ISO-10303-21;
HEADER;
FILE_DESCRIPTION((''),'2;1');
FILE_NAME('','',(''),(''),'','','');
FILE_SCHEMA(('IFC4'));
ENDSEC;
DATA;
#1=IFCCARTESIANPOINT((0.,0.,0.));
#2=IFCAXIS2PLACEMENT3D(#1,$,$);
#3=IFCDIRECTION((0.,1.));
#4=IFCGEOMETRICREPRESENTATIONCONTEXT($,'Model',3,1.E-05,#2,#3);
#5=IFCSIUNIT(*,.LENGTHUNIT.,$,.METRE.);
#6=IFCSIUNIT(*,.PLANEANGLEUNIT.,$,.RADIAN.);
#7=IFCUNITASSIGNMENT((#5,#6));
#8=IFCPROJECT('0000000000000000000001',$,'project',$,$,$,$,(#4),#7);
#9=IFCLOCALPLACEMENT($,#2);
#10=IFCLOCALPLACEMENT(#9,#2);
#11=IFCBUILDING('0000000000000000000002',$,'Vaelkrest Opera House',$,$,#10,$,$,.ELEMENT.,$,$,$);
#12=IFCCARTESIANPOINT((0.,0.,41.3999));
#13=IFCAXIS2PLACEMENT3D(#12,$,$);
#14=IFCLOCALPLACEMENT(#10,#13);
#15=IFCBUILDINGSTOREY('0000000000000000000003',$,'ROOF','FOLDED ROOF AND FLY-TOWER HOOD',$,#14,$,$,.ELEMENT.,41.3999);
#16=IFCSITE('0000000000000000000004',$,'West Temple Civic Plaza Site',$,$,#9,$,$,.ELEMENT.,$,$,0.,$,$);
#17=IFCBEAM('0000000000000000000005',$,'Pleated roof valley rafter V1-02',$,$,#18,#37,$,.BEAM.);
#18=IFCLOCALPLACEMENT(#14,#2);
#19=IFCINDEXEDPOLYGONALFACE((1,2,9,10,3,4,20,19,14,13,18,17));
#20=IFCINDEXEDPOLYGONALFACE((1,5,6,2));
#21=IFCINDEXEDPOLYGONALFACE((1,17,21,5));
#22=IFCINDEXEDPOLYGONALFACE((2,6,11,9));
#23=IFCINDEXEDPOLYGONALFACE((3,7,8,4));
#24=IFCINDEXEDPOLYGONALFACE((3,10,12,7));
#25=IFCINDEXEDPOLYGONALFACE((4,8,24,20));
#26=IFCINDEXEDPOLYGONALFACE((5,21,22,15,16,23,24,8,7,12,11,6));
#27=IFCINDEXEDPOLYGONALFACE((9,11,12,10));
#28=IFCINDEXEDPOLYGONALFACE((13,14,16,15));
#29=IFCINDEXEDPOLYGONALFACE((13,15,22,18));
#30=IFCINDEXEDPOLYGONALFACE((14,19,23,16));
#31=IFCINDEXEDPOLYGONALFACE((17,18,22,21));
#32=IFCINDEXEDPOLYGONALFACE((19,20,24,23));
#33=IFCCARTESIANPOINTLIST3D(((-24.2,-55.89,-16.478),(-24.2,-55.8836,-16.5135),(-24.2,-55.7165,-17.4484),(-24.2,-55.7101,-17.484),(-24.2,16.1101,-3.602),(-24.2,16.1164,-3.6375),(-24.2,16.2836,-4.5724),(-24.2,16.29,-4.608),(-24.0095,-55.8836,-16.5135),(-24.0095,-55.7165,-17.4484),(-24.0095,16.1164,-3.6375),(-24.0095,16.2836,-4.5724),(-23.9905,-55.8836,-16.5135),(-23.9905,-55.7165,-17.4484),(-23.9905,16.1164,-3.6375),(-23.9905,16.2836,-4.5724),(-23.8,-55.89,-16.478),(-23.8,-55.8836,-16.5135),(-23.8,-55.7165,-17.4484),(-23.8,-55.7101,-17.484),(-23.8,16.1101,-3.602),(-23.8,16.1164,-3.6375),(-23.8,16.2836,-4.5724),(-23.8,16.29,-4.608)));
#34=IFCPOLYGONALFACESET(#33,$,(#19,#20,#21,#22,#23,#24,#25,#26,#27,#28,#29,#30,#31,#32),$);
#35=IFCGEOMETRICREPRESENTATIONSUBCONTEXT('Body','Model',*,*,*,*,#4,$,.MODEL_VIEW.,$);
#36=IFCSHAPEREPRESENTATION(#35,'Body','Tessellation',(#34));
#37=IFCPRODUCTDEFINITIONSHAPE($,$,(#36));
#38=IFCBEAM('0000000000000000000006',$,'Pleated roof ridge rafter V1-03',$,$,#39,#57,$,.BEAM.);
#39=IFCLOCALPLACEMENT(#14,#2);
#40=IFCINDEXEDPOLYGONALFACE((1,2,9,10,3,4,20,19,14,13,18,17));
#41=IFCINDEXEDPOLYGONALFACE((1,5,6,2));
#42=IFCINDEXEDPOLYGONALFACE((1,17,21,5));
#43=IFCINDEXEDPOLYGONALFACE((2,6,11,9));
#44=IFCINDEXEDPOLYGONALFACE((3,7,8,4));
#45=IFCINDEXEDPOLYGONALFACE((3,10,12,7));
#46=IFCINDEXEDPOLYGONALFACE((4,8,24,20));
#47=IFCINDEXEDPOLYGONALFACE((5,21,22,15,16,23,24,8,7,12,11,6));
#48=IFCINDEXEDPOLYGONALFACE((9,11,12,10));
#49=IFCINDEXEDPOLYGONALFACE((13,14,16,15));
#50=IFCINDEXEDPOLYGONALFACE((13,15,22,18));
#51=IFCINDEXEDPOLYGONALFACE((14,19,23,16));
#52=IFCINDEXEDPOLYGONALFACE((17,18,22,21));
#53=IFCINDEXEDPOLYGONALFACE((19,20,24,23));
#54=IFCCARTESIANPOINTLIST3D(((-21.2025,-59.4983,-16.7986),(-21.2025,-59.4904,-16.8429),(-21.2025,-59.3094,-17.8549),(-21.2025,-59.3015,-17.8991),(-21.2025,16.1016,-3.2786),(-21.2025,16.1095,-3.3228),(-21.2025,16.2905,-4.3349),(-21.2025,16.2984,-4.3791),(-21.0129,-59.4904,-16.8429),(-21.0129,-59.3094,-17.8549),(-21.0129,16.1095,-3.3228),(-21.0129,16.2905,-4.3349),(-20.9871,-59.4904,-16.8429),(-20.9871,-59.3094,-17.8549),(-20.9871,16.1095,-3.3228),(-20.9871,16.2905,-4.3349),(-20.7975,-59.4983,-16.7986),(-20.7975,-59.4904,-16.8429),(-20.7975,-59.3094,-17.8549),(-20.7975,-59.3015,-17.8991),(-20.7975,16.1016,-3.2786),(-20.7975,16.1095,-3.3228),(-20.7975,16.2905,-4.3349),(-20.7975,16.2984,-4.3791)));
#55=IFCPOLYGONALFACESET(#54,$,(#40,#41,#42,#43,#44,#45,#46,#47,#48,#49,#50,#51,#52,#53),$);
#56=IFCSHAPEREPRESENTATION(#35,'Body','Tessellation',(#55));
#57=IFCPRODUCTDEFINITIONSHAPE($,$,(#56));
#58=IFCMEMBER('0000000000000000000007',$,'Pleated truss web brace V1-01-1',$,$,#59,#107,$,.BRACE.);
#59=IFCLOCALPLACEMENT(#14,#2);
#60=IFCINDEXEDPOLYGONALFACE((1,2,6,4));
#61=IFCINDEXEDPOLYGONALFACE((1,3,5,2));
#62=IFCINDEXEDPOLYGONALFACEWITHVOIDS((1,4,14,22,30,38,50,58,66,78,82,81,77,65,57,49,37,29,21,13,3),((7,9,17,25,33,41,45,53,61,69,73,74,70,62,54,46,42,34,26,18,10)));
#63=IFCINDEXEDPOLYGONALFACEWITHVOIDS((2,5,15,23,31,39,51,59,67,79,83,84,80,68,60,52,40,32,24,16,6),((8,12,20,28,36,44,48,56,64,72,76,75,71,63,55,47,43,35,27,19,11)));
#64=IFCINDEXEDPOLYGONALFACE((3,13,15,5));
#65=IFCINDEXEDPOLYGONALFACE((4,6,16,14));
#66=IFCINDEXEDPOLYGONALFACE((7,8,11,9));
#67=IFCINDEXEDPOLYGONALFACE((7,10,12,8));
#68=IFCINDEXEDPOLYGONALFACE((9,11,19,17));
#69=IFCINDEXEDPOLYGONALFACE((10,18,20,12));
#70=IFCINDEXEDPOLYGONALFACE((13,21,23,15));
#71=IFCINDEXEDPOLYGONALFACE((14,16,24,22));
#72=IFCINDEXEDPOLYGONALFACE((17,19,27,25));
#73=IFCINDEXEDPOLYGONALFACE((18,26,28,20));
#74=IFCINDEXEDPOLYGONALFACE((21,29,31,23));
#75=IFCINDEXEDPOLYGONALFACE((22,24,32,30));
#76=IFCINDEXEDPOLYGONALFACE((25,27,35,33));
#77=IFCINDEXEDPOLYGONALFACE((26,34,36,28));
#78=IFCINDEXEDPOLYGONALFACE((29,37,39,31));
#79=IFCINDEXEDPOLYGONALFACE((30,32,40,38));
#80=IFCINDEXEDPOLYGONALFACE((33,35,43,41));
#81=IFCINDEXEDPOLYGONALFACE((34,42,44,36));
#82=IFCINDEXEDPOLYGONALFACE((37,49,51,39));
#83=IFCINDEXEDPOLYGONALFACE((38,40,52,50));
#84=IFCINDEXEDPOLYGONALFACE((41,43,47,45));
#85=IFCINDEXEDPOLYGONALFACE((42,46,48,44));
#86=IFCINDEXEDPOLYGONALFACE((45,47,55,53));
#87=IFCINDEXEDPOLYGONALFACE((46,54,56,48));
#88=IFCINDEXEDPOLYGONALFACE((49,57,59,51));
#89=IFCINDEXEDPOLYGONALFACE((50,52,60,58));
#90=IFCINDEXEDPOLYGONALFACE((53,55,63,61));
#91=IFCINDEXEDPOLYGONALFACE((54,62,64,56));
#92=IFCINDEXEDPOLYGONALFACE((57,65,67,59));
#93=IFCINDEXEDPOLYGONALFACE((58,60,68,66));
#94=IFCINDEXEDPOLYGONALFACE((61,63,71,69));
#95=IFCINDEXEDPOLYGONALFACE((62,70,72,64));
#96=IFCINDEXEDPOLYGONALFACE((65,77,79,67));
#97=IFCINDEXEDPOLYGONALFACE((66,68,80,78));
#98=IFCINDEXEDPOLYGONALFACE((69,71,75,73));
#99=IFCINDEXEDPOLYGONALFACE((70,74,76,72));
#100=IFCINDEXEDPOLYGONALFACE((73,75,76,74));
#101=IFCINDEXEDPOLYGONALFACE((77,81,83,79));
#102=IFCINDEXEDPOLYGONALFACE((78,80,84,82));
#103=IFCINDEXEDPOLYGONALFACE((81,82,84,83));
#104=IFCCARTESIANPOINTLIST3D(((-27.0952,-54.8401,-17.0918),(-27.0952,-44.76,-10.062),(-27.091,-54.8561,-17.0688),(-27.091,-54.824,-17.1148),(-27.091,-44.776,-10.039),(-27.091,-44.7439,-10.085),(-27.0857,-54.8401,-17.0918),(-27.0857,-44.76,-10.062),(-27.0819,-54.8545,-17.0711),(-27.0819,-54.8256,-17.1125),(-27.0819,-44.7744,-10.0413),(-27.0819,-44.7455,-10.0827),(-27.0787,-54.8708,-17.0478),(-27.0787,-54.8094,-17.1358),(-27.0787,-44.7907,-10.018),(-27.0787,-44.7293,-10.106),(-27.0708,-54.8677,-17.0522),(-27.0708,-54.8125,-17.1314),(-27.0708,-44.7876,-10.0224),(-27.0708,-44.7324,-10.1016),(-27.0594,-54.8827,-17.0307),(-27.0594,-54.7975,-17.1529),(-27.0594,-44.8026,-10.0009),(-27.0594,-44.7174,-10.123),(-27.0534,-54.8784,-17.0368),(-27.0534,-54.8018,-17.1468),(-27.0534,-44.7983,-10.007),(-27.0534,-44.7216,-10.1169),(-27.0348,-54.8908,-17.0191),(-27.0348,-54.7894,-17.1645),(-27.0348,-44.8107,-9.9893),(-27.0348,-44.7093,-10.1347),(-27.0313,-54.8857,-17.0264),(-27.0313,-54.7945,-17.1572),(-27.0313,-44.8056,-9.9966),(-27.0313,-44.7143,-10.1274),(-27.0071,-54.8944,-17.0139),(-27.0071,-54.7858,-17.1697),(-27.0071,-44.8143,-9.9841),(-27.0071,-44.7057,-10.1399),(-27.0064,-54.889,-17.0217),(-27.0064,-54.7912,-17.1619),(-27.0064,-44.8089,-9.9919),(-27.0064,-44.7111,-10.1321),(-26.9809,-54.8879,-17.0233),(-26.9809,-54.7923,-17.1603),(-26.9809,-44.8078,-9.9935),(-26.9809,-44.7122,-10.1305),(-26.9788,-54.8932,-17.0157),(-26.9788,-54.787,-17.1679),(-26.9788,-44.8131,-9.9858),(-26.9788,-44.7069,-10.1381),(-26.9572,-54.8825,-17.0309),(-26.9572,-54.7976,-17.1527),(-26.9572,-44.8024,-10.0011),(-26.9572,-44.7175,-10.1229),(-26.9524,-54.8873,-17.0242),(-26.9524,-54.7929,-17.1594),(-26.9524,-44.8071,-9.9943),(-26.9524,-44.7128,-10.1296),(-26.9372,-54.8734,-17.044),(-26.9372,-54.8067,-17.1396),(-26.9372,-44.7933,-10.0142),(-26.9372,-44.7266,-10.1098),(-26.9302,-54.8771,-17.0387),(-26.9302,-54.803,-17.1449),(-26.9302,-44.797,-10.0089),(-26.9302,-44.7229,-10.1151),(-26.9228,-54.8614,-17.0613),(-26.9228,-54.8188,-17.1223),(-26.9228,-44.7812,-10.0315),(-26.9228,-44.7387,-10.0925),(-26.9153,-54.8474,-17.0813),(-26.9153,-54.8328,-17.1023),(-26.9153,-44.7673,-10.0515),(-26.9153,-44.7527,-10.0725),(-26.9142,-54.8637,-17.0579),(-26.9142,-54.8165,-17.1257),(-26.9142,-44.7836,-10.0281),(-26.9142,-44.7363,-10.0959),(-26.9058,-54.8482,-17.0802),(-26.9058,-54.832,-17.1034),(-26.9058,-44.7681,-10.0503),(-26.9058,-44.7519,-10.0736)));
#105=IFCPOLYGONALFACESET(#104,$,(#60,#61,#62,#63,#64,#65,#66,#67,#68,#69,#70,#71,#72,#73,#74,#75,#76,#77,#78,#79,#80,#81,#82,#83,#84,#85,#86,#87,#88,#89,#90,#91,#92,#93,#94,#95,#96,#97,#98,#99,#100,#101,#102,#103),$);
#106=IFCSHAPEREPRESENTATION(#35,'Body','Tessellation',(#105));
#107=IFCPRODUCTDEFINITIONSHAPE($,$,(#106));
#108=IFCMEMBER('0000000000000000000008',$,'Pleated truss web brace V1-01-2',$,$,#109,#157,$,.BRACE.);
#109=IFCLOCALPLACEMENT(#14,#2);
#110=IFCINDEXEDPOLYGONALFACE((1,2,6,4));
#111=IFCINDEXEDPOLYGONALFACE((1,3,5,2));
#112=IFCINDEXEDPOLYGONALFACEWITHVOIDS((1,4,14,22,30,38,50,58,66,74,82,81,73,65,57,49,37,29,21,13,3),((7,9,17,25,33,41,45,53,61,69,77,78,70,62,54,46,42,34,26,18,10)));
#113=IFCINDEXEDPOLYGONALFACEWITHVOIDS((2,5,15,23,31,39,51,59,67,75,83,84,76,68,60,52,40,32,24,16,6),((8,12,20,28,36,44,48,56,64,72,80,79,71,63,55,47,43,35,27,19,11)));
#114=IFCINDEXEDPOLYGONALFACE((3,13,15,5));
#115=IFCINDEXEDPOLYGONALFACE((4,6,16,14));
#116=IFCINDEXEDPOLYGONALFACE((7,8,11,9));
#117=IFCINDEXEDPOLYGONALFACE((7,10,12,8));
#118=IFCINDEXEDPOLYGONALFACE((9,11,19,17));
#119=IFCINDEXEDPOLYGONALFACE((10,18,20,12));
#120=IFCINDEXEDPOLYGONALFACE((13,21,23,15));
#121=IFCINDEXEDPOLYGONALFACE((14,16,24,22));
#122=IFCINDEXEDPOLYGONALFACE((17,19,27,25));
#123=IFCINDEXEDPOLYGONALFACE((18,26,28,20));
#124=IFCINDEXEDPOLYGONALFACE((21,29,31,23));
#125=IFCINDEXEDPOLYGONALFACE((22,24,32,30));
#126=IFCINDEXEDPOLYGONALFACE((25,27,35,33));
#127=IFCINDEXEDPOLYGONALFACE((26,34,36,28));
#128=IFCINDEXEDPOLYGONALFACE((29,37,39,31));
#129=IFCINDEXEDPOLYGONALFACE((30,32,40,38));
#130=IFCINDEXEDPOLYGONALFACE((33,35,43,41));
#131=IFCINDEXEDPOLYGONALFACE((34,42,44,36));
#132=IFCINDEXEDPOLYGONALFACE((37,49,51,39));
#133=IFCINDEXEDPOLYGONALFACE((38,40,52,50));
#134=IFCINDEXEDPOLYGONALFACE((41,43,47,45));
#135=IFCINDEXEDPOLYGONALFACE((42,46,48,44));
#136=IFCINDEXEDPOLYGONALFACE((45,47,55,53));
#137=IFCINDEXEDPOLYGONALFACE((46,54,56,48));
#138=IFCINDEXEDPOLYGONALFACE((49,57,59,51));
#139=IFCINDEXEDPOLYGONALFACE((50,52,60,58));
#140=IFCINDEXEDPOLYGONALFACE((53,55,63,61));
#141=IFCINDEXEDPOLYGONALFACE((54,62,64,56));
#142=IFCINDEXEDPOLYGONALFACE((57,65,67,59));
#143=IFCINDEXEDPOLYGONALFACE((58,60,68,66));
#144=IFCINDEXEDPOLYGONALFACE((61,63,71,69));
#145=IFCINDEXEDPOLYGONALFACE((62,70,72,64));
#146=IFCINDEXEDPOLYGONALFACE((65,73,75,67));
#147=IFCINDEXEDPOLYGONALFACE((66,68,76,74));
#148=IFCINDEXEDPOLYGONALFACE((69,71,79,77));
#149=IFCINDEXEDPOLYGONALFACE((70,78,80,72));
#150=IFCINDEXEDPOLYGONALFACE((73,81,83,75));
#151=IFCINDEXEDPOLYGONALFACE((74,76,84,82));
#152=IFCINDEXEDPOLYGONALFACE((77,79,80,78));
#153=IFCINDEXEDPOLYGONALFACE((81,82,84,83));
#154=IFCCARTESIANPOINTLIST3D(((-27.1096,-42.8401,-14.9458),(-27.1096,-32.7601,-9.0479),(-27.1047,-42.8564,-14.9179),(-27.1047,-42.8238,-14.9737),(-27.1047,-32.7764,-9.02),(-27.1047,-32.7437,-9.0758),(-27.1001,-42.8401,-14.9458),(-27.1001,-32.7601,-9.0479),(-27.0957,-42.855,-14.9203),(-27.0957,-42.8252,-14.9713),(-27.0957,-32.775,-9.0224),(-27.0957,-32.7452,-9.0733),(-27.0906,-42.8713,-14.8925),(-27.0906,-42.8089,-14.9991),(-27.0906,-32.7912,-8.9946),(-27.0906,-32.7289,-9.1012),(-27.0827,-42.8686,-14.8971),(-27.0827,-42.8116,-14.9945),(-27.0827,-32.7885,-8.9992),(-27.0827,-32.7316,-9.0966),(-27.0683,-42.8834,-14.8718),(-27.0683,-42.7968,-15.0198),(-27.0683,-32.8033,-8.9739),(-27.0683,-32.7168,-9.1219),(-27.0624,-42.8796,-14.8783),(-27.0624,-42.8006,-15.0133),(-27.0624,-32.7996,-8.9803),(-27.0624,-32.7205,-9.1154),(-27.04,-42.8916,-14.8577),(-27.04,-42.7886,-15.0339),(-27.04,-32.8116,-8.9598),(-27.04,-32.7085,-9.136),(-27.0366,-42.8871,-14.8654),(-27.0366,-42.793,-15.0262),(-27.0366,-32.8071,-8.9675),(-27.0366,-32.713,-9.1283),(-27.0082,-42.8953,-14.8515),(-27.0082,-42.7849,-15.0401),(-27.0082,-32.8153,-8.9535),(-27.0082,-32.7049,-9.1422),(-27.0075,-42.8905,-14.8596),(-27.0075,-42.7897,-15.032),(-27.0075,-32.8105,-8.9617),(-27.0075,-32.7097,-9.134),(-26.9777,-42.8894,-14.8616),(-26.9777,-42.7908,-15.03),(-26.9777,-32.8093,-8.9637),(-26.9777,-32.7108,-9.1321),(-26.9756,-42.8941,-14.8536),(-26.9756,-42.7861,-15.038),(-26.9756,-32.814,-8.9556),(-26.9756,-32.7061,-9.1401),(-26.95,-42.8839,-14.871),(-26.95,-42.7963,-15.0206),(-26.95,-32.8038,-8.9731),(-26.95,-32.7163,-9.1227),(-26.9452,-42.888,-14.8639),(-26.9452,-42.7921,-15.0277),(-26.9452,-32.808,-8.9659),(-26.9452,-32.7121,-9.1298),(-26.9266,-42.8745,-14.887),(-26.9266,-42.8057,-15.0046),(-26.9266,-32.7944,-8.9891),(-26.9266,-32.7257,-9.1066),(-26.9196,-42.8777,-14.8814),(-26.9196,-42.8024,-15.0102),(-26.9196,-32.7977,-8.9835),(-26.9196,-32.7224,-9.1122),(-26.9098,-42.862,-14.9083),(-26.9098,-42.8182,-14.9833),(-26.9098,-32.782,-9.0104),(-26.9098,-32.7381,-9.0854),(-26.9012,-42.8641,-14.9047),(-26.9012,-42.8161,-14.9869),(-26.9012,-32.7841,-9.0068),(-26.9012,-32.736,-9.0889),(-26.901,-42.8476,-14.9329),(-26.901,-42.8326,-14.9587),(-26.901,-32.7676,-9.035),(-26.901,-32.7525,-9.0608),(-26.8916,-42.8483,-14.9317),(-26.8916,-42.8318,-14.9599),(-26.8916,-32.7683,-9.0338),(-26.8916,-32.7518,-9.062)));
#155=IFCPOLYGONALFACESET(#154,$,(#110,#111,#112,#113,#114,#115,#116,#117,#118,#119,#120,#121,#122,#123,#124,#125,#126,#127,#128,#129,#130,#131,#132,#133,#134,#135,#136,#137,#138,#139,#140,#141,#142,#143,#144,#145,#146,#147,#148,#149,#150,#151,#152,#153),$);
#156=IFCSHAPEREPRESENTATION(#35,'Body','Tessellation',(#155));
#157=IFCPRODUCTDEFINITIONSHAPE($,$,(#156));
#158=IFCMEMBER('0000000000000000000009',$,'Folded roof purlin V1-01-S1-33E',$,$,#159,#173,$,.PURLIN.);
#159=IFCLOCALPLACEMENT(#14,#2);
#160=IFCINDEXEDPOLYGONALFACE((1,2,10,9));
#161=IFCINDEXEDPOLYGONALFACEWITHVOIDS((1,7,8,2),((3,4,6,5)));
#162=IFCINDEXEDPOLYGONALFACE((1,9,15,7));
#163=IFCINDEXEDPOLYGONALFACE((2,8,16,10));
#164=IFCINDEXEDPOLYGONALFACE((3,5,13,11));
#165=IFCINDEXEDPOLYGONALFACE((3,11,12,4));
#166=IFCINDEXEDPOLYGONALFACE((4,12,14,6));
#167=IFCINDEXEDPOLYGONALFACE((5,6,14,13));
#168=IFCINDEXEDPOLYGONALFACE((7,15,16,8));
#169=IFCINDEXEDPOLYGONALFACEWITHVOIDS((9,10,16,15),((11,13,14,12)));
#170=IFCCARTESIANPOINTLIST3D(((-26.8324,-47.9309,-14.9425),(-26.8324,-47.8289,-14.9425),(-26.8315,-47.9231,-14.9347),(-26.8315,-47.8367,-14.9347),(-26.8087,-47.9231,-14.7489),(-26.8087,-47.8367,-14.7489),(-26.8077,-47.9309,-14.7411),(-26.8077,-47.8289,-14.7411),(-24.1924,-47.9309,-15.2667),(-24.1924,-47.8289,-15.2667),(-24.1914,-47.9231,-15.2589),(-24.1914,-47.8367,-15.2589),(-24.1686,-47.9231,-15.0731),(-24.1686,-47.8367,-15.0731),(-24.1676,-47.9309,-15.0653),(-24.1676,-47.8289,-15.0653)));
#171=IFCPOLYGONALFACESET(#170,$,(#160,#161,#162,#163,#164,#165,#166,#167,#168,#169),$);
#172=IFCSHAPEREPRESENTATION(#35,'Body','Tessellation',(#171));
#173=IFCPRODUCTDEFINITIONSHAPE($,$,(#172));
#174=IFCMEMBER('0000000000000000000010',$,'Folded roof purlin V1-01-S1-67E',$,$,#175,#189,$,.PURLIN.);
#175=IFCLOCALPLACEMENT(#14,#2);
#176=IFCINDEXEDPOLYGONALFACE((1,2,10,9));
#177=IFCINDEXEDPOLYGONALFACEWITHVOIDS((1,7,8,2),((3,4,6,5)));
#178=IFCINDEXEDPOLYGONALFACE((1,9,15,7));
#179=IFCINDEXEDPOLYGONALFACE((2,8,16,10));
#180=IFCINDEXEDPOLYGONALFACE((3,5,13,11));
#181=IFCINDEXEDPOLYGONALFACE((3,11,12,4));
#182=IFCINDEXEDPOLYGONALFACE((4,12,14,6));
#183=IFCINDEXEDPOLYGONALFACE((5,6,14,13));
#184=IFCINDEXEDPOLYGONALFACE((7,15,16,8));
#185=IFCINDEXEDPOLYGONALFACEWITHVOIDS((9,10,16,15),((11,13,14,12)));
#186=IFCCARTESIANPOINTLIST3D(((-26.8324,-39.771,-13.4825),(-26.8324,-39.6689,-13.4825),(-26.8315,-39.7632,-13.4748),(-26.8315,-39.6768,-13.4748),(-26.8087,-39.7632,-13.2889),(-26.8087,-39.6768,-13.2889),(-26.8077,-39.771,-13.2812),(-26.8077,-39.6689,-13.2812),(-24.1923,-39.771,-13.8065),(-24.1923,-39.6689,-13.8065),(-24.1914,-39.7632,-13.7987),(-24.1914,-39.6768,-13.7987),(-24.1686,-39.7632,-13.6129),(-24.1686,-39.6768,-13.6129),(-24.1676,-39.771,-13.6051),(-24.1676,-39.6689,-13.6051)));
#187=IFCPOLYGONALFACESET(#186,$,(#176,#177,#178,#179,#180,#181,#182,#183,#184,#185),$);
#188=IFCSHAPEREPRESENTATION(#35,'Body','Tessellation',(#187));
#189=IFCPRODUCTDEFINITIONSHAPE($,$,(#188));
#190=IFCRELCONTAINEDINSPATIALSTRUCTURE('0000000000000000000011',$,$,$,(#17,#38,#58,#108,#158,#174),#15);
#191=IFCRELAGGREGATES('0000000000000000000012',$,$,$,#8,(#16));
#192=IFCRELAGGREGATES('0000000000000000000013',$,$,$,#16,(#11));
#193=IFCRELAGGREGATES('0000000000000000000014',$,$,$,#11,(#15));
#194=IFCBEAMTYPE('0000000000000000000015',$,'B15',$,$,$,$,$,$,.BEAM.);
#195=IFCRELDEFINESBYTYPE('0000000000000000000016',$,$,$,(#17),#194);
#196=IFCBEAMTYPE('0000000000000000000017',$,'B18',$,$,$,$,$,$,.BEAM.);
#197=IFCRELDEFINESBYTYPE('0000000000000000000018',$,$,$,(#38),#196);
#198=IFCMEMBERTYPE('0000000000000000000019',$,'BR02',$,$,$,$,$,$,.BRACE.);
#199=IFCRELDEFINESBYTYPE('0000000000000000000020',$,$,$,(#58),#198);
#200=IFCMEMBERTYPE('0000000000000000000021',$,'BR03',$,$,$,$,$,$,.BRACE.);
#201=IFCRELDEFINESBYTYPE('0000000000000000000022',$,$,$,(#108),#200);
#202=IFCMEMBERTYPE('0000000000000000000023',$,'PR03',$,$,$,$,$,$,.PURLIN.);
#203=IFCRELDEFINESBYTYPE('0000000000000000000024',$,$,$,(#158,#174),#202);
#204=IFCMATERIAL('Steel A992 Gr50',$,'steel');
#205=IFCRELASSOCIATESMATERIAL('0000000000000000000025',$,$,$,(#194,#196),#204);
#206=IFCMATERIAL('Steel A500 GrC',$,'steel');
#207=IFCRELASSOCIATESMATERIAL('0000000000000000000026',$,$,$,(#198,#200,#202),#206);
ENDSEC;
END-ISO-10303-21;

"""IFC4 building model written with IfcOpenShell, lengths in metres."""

from ifc_helpers import new_model, si_unit, direction, frame, origin, origin_2d, place, context, subcontext, project, spatial, hollow_rectangle, hollow_circle, i_section, extrude, material, material_profile, profile_set, type_object, element, save


model = new_model("IFC4")

# Units and contexts
model_context = context("Model", 3, precision=1e-05, world=origin(), true_north=direction((0.0, 1.0)))
body_context = subcontext(model_context, "Body", "Model", "MODEL_VIEW")
ifc_project = project(units=[si_unit("LENGTHUNIT", "METRE"), si_unit("PLANEANGLEUNIT", "RADIAN")], contexts=[model_context])

# Site, building, storey
site_placement = place(None, origin())
site = spatial("IfcSite", under=ifc_project, at=site_placement, Name="West Temple Civic Plaza Site", CompositionType="ELEMENT", RefElevation=0.0)
building_placement = place(site_placement, origin())
building = spatial("IfcBuilding", under=site, at=building_placement, Name="Vaelkrest Opera House", CompositionType="ELEMENT")
storey_placement = place(building_placement, frame((0.0, 0.0, 41.3999)))
storey = spatial("IfcBuildingStorey", under=building, at=storey_placement, Name="ROOF", Description="FOLDED ROOF AND FLY-TOWER HOOD", CompositionType="ELEMENT", Elevation=41.3999)

# Beams
ifc_material_1 = material(Name="Steel A992 Gr50", Category="steel")
ifc_material_profile_1 = material_profile(ifc_material_1, i_section(OverallWidth=0.3999, OverallDepth=1.022, WebThickness=0.019, FlangeThickness=0.0361, at=origin_2d()), Name="W40X249")
ifc_profile_set_1 = profile_set([ifc_material_profile_1], Name="Steel A992 Gr50")
beam_type_1 = type_object("IfcBeamType", Name="B15", PredefinedType="BEAM", material=ifc_profile_set_1)
beam_1_placement = place(storey_placement, frame((-24.0, -55.8, -16.981), z_axis=(0.0, 0.984383, 0.17604), x_axis=(-1.0, 0.0, 0.0)))
element("IfcBeam", 1, at=beam_1_placement, inside=storey, type_object=beam_type_1, Name="Pleated roof valley rafter V1-02", PredefinedType="BEAM", context=body_context, shape_type="SweptSolid", body=[
    extrude(i_section(OverallWidth=0.3999, OverallDepth=1.022, WebThickness=0.019, FlangeThickness=0.0361, at=origin_2d()), origin(), (0.0, 0.0, 1.0), 73.1423),
])
ifc_material_profile_2 = material_profile(ifc_material_1, i_section(OverallWidth=0.405, OverallDepth=1.1179, WebThickness=0.0259, FlangeThickness=0.0449, at=origin_2d()), Name="W44X335")
ifc_profile_set_2 = profile_set([ifc_material_profile_2], Name="Steel A992 Gr50")
beam_type_2 = type_object("IfcBeamType", Name="B18", PredefinedType="BEAM", material=ifc_profile_set_2)
beam_2_placement = place(storey_placement, frame((-21.0, -59.3999, -17.3489), z_axis=(0.0, 0.984382, 0.176044), x_axis=(-1.0, 0.0, 0.0)))
element("IfcBeam", 2, at=beam_2_placement, inside=storey, type_object=beam_type_2, Name="Pleated roof ridge rafter V1-03", PredefinedType="BEAM", context=body_context, shape_type="SweptSolid", body=[
    extrude(i_section(OverallWidth=0.405, OverallDepth=1.1179, WebThickness=0.0259, FlangeThickness=0.0449, at=origin_2d()), origin(), (0.0, 0.0, 1.0), 76.7993),
])

# Members
ifc_material_2 = material(Name="Steel A500 GrC", Category="steel")
ifc_material_profile_3 = material_profile(ifc_material_2, hollow_circle(Radius=0.0952, WallThickness=0.0095, at=origin_2d()), Name="HSS190.5X9.5")
ifc_profile_set_3 = profile_set([ifc_material_profile_3], Name="Steel A500 GrC")
member_type_1 = type_object("IfcMemberType", Name="BR02", PredefinedType="BRACE", material=ifc_profile_set_3)
member_1_placement = place(storey_placement, frame((-27.0, -54.8401, -17.0918), z_axis=(0.0, 0.820235, 0.572027), x_axis=(-1.0, 0.0, 0.0)))
element("IfcMember", 3, at=member_1_placement, inside=storey, type_object=member_type_1, Name="Pleated truss web brace V1-01-1", PredefinedType="BRACE", context=body_context, shape_type="SweptSolid", body=[
    extrude(hollow_circle(Radius=0.0952, WallThickness=0.0095, at=origin_2d()), origin(), (0.0, 0.0, 1.0), 12.2893),
])
ifc_material_profile_4 = material_profile(ifc_material_2, hollow_circle(Radius=0.1096, WallThickness=0.0095, at=origin_2d()), Name="HSS219.1X9.5")
ifc_profile_set_4 = profile_set([ifc_material_profile_4], Name="Steel A500 GrC")
member_type_2 = type_object("IfcMemberType", Name="BR03", PredefinedType="BRACE", material=ifc_profile_set_4)
member_2_placement = place(storey_placement, frame((-27.0, -42.8401, -14.9458), z_axis=(0.0, 0.863111, 0.505014), x_axis=(-1.0, 0.0, 0.0)))
element("IfcMember", 4, at=member_2_placement, inside=storey, type_object=member_type_2, Name="Pleated truss web brace V1-01-2", PredefinedType="BRACE", context=body_context, shape_type="SweptSolid", body=[
    extrude(hollow_circle(Radius=0.1096, WallThickness=0.0095, at=origin_2d()), origin(), (0.0, 0.0, 1.0), 11.6787),
])
ifc_material_profile_5 = material_profile(ifc_material_2, hollow_rectangle(XDim=0.1021, YDim=0.2029, WallThickness=0.0078, at=origin_2d()), Name="HSS203X102X8")
ifc_profile_set_5 = profile_set([ifc_material_profile_5], Name="Steel A500 GrC")
member_type_3 = type_object("IfcMemberType", Name="PR03", PredefinedType="PURLIN", material=ifc_profile_set_5)
for number, where, z_axis, x_axis, name in (
    (5, (-26.8201, -47.8799, -14.8418), (0.992544, 0.0, -0.121888), (0.0, 1.0, 0.0), "Folded roof purlin V1-01-S1-33E"),
    (6, (-26.8201, -39.72, -13.3818), (0.992555, 0.0, -0.121798), (0.0, 1.0, 0.0), "Folded roof purlin V1-01-S1-67E"),
):
    element("IfcMember", number, at=place(storey_placement, frame(where, z_axis=z_axis, x_axis=x_axis)), inside=storey, type_object=member_type_3, Name=name, PredefinedType="PURLIN", context=body_context, shape_type="SweptSolid", body=[
        extrude(hollow_rectangle(XDim=0.1021, YDim=0.2029, WallThickness=0.0078, at=origin_2d()), origin(), (0.0, 0.0, 1.0), 2.6599),
    ])

save(model, "model.ifc")
